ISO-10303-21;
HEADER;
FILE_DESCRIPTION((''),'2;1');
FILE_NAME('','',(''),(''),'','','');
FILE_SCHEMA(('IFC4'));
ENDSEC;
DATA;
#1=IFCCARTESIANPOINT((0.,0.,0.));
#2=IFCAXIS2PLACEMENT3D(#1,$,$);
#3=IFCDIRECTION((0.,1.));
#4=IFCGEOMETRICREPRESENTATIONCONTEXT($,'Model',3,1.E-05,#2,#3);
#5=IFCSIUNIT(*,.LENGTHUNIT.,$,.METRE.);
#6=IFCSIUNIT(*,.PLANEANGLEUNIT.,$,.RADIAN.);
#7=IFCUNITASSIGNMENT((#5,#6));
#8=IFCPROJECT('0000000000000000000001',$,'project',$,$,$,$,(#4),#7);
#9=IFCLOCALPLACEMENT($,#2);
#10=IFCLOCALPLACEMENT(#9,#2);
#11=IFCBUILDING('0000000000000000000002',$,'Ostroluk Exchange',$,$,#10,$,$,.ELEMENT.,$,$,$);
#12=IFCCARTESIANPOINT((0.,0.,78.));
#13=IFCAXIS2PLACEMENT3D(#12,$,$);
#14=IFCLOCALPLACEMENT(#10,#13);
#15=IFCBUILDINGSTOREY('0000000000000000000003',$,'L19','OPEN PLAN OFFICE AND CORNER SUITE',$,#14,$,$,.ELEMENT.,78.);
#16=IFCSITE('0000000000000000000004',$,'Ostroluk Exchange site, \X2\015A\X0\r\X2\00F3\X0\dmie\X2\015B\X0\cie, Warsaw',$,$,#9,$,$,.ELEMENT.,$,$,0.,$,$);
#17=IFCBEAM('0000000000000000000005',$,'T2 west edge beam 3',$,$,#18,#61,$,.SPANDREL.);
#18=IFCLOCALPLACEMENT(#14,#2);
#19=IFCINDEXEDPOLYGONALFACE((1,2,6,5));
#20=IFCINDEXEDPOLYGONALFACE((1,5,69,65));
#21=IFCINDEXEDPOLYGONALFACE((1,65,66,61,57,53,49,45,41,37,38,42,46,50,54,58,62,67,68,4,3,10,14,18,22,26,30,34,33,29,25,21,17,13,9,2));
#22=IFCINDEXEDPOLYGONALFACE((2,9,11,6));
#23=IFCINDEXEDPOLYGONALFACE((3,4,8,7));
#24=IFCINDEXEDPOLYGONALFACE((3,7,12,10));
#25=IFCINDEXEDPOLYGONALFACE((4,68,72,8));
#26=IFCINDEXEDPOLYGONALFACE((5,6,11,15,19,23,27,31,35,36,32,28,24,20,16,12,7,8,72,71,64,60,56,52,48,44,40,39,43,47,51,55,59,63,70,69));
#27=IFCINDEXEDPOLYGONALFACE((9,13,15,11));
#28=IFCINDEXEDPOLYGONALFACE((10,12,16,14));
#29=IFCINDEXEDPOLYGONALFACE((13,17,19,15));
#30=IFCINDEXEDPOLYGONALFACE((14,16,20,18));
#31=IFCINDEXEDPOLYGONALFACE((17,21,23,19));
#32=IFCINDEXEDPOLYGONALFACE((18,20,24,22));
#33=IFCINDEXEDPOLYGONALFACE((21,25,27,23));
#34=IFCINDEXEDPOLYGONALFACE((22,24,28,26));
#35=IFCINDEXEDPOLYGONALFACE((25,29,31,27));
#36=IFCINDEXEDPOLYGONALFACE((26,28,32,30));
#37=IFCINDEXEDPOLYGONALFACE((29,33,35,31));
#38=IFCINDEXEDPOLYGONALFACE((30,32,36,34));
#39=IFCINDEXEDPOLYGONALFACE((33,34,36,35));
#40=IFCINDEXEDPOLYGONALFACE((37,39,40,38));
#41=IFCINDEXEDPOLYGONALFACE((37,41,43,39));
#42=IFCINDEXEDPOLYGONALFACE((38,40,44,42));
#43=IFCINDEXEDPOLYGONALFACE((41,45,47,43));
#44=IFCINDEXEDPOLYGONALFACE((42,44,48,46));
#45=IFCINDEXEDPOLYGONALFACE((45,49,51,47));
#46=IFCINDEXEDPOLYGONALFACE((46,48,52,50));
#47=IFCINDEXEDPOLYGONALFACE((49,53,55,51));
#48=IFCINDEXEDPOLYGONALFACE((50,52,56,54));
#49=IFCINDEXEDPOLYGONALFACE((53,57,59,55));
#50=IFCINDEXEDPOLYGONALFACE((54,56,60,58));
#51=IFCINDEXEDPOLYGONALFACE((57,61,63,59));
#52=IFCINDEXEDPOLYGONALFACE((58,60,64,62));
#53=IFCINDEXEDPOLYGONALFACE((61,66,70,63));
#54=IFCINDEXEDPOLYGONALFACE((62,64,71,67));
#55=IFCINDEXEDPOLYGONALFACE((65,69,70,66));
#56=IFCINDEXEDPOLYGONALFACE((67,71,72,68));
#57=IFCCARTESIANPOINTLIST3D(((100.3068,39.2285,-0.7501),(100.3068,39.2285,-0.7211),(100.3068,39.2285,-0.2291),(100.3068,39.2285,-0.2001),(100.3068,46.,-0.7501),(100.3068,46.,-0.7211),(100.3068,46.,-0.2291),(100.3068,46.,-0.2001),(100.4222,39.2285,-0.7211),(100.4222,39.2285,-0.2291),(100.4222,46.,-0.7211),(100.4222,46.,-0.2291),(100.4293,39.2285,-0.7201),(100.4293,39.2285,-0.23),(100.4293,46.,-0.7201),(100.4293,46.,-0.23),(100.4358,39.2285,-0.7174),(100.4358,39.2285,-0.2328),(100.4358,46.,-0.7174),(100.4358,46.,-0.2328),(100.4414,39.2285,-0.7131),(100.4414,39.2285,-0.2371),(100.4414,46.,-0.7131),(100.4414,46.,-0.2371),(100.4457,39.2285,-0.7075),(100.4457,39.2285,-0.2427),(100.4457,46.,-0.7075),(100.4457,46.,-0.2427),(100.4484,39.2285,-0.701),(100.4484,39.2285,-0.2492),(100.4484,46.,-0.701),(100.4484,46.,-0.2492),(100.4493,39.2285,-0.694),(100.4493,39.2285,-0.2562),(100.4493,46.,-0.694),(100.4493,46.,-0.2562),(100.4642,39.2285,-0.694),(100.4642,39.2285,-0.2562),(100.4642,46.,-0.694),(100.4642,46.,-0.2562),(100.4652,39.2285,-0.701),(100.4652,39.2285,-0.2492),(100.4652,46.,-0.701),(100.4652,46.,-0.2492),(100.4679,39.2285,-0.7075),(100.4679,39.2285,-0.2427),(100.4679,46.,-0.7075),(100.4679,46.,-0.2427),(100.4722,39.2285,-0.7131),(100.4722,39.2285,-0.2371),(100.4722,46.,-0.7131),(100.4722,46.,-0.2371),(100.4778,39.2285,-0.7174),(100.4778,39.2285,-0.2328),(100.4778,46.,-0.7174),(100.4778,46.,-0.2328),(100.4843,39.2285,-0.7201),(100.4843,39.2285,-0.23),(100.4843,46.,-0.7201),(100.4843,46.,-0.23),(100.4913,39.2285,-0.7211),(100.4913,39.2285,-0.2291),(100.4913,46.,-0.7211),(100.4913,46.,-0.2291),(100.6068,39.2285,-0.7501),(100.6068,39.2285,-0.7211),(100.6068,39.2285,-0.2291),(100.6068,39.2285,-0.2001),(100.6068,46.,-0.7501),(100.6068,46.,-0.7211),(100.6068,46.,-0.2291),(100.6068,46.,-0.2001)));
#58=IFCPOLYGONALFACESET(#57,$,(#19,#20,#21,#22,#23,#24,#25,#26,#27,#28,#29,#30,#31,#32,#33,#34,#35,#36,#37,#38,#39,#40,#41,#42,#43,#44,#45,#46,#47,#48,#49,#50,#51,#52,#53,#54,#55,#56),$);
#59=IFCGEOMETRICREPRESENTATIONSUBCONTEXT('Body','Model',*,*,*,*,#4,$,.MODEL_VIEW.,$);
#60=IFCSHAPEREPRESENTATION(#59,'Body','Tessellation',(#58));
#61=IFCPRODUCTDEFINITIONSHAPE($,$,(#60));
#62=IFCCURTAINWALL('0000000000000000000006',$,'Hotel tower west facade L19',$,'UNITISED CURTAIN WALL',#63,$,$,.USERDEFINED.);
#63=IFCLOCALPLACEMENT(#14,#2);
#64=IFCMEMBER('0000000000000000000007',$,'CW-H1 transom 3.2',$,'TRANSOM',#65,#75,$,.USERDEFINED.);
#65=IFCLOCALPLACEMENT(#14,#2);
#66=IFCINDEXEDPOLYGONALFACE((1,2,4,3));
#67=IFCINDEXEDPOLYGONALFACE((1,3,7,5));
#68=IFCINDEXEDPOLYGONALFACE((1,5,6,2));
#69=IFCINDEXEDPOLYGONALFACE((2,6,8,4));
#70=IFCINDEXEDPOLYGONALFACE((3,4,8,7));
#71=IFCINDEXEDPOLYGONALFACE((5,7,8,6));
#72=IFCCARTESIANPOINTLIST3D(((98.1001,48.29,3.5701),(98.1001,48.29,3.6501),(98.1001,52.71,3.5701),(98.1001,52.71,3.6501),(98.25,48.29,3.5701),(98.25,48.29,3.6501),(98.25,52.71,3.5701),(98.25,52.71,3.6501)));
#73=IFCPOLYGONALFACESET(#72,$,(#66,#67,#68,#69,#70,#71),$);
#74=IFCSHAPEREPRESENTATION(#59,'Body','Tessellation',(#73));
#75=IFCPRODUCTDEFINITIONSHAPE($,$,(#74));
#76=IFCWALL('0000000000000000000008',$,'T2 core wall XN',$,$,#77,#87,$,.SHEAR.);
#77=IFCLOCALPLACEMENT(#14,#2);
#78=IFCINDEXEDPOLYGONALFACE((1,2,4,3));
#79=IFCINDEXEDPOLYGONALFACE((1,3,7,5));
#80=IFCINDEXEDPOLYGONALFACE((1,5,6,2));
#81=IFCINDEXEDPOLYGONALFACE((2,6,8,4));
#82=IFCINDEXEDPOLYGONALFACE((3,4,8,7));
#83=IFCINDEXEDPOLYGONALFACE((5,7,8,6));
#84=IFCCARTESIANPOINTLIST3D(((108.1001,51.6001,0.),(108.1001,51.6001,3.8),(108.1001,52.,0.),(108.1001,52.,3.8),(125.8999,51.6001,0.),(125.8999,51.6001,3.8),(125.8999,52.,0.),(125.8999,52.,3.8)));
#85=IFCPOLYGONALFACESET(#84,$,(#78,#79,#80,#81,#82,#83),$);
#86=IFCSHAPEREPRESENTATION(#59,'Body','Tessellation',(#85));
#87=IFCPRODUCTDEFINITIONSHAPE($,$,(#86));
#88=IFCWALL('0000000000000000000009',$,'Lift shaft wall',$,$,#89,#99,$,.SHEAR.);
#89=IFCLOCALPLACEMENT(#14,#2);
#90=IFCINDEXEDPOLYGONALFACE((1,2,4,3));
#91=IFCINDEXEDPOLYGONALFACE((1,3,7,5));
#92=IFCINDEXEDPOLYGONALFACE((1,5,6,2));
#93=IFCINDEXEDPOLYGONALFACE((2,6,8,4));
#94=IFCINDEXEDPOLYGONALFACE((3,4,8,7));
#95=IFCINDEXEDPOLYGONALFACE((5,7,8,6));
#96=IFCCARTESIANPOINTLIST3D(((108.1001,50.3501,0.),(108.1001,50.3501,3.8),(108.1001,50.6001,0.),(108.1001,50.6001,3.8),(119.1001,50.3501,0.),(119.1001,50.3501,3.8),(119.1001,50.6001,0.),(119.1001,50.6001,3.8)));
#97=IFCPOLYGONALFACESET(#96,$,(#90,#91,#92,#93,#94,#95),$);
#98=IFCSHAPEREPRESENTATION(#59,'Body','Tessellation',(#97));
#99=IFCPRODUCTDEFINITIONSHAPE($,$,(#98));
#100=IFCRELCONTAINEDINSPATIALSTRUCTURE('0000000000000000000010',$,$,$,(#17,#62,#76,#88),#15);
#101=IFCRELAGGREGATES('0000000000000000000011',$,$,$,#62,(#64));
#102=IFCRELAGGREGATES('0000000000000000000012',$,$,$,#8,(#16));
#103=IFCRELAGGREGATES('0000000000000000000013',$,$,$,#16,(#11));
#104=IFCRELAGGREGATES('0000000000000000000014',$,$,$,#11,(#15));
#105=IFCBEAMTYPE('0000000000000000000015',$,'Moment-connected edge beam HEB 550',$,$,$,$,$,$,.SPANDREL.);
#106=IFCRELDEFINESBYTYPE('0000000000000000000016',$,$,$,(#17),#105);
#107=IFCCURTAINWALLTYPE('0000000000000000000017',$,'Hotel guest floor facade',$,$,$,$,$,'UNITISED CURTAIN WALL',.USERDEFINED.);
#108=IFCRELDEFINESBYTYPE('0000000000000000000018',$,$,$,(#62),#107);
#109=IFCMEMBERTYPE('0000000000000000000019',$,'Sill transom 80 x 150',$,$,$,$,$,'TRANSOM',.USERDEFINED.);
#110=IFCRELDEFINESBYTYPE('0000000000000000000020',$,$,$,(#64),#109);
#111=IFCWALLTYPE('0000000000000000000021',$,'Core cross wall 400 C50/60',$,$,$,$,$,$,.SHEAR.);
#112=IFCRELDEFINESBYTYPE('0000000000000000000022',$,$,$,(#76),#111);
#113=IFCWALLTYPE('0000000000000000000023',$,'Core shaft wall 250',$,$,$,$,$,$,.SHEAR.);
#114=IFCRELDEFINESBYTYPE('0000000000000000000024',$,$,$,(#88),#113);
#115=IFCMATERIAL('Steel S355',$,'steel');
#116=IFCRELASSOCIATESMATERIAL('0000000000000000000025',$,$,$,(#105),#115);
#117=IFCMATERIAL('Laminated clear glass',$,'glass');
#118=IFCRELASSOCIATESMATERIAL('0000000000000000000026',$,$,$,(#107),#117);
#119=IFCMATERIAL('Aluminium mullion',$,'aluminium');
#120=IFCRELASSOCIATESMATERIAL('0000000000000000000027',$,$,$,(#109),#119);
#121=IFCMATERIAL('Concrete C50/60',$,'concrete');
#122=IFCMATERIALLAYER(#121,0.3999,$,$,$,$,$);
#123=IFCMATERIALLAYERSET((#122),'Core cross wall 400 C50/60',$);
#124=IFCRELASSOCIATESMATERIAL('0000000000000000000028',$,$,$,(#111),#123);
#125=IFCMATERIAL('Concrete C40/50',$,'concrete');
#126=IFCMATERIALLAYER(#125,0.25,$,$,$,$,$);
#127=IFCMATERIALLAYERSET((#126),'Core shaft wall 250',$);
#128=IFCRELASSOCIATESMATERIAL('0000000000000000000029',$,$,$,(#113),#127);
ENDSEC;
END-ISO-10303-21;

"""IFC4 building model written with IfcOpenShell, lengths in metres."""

from ifc_helpers import new_model, si_unit, direction, frame, frame_2d, origin, origin_2d, place, context, subcontext, project, spatial, rectangle, i_section, extrude, material, layer, layer_set, material_profile, profile_set, type_object, element, aggregate, save


model = new_model("IFC4")

# Units and contexts
model_context = context("Model", 3, precision=1e-05, world=origin(), true_north=direction((0.0, 1.0)))
body_context = subcontext(model_context, "Body", "Model", "MODEL_VIEW")
ifc_project = project(units=[si_unit("LENGTHUNIT", "METRE"), si_unit("PLANEANGLEUNIT", "RADIAN")], contexts=[model_context])

# Site, building, storey
site_placement = place(None, origin())
site = spatial("IfcSite", under=ifc_project, at=site_placement, Name="Ostroluk Exchange site, Śródmieście, Warsaw", CompositionType="ELEMENT", RefElevation=0.0)
building_placement = place(site_placement, origin())
building = spatial("IfcBuilding", under=site, at=building_placement, Name="Ostroluk Exchange", CompositionType="ELEMENT")
storey_placement = place(building_placement, frame((0.0, 0.0, 78.0)))
storey = spatial("IfcBuildingStorey", under=building, at=storey_placement, Name="L19", Description="OPEN PLAN OFFICE AND CORNER SUITE", CompositionType="ELEMENT", Elevation=78.0)

# Beam
ifc_material_1 = material(Name="Steel S355", Category="steel")
ifc_material_profile_1 = material_profile(ifc_material_1, i_section(OverallWidth=0.3, OverallDepth=0.55, WebThickness=0.0149, FlangeThickness=0.0291, FilletRadius=0.0271, at=origin_2d()), Name="HEB 550")
ifc_profile_set_1 = profile_set([ifc_material_profile_1], Name="Steel S355")
beam_type_1 = type_object("IfcBeamType", Name="Moment-connected edge beam HEB 550", PredefinedType="SPANDREL", material=ifc_profile_set_1)
beam_placement = place(storey_placement, frame((100.4568, 46.0, -0.4751), z_axis=(0.0, -1.0, 0.0), x_axis=(1.0, 0.0, 0.0)))
element("IfcBeam", 1, at=beam_placement, inside=storey, type_object=beam_type_1, Name="T2 west edge beam 3", PredefinedType="SPANDREL", context=body_context, shape_type="SweptSolid", body=[
    extrude(i_section(OverallWidth=0.3, OverallDepth=0.55, WebThickness=0.0149, FlangeThickness=0.0291, FilletRadius=0.0271, at=origin_2d()), origin(), (0.0, 0.0, 1.0), 6.7715),
])

# Curtain wall, member
ifc_material_2 = material(Name="Laminated clear glass", Category="glass")
curtain_wall_type = type_object("IfcCurtainWallType", Name="Hotel guest floor facade", ElementType="UNITISED CURTAIN WALL", PredefinedType="USERDEFINED", material=ifc_material_2)
curtain_wall_placement = place(storey_placement, origin())
curtain_wall = element("IfcCurtainWall", 2, at=curtain_wall_placement, inside=storey, type_object=curtain_wall_type, Name="Hotel tower west facade L19", ObjectType="UNITISED CURTAIN WALL", PredefinedType="USERDEFINED")
ifc_material_3 = material(Name="Aluminium mullion", Category="aluminium")
ifc_material_profile_2 = material_profile(ifc_material_3, rectangle(XDim=0.1499, YDim=0.0801, at=origin_2d()), Name="Sill transom 80 x 150")
ifc_profile_set_2 = profile_set([ifc_material_profile_2], Name="Aluminium mullion")
member_type = type_object("IfcMemberType", Name="Sill transom 80 x 150", ElementType="TRANSOM", PredefinedType="USERDEFINED", material=ifc_profile_set_2)
member_placement = place(storey_placement, frame((98.175, 52.71, 3.6101), z_axis=(0.0, -1.0, 0.0), x_axis=(1.0, 0.0, 0.0)))
member = element("IfcMember", 3, at=member_placement, type_object=member_type, Name="CW-H1 transom 3.2", ObjectType="TRANSOM", PredefinedType="USERDEFINED", context=body_context, shape_type="SweptSolid", body=[
    extrude(rectangle(XDim=0.1499, YDim=0.0801, at=origin_2d()), origin(), (0.0, 0.0, 1.0), 4.4199),
])
aggregate(curtain_wall, [member])

# Walls
ifc_material_4 = material(Name="Concrete C50/60", Category="concrete")
ifc_layer_1 = layer(ifc_material_4, 0.3999)
ifc_layer_set_1 = layer_set([ifc_layer_1], Name="Core cross wall 400 C50/60")
wall_type_1 = type_object("IfcWallType", Name="Core cross wall 400 C50/60", PredefinedType="SHEAR", material=ifc_layer_set_1)
wall_1_placement = place(storey_placement, frame((108.1001, 51.8, 0.0), z_axis=(0.0, 0.0, 1.0), x_axis=(1.0, 0.0, 0.0)))
element("IfcWall", 4, at=wall_1_placement, inside=storey, type_object=wall_type_1, Name="T2 core wall XN", PredefinedType="SHEAR", context=body_context, shape_type="SweptSolid", body=[
    extrude(rectangle(XDim=17.7998, YDim=0.3999, at=frame_2d((8.8999, 0.0))), origin(), (0.0, 0.0, 1.0), 3.8),
])
ifc_material_5 = material(Name="Concrete C40/50", Category="concrete")
ifc_layer_2 = layer(ifc_material_5, 0.25)
ifc_layer_set_2 = layer_set([ifc_layer_2], Name="Core shaft wall 250")
wall_type_2 = type_object("IfcWallType", Name="Core shaft wall 250", PredefinedType="SHEAR", material=ifc_layer_set_2)
wall_2_placement = place(storey_placement, frame((108.1001, 50.4751, 0.0), z_axis=(0.0, 0.0, 1.0), x_axis=(1.0, 0.0, 0.0)))
element("IfcWall", 5, at=wall_2_placement, inside=storey, type_object=wall_type_2, Name="Lift shaft wall", PredefinedType="SHEAR", context=body_context, shape_type="SweptSolid", body=[
    extrude(rectangle(XDim=11.0, YDim=0.25, at=frame_2d((5.5, 0.0))), origin(), (0.0, 0.0, 1.0), 3.8),
])

save(model, "model.ifc")
